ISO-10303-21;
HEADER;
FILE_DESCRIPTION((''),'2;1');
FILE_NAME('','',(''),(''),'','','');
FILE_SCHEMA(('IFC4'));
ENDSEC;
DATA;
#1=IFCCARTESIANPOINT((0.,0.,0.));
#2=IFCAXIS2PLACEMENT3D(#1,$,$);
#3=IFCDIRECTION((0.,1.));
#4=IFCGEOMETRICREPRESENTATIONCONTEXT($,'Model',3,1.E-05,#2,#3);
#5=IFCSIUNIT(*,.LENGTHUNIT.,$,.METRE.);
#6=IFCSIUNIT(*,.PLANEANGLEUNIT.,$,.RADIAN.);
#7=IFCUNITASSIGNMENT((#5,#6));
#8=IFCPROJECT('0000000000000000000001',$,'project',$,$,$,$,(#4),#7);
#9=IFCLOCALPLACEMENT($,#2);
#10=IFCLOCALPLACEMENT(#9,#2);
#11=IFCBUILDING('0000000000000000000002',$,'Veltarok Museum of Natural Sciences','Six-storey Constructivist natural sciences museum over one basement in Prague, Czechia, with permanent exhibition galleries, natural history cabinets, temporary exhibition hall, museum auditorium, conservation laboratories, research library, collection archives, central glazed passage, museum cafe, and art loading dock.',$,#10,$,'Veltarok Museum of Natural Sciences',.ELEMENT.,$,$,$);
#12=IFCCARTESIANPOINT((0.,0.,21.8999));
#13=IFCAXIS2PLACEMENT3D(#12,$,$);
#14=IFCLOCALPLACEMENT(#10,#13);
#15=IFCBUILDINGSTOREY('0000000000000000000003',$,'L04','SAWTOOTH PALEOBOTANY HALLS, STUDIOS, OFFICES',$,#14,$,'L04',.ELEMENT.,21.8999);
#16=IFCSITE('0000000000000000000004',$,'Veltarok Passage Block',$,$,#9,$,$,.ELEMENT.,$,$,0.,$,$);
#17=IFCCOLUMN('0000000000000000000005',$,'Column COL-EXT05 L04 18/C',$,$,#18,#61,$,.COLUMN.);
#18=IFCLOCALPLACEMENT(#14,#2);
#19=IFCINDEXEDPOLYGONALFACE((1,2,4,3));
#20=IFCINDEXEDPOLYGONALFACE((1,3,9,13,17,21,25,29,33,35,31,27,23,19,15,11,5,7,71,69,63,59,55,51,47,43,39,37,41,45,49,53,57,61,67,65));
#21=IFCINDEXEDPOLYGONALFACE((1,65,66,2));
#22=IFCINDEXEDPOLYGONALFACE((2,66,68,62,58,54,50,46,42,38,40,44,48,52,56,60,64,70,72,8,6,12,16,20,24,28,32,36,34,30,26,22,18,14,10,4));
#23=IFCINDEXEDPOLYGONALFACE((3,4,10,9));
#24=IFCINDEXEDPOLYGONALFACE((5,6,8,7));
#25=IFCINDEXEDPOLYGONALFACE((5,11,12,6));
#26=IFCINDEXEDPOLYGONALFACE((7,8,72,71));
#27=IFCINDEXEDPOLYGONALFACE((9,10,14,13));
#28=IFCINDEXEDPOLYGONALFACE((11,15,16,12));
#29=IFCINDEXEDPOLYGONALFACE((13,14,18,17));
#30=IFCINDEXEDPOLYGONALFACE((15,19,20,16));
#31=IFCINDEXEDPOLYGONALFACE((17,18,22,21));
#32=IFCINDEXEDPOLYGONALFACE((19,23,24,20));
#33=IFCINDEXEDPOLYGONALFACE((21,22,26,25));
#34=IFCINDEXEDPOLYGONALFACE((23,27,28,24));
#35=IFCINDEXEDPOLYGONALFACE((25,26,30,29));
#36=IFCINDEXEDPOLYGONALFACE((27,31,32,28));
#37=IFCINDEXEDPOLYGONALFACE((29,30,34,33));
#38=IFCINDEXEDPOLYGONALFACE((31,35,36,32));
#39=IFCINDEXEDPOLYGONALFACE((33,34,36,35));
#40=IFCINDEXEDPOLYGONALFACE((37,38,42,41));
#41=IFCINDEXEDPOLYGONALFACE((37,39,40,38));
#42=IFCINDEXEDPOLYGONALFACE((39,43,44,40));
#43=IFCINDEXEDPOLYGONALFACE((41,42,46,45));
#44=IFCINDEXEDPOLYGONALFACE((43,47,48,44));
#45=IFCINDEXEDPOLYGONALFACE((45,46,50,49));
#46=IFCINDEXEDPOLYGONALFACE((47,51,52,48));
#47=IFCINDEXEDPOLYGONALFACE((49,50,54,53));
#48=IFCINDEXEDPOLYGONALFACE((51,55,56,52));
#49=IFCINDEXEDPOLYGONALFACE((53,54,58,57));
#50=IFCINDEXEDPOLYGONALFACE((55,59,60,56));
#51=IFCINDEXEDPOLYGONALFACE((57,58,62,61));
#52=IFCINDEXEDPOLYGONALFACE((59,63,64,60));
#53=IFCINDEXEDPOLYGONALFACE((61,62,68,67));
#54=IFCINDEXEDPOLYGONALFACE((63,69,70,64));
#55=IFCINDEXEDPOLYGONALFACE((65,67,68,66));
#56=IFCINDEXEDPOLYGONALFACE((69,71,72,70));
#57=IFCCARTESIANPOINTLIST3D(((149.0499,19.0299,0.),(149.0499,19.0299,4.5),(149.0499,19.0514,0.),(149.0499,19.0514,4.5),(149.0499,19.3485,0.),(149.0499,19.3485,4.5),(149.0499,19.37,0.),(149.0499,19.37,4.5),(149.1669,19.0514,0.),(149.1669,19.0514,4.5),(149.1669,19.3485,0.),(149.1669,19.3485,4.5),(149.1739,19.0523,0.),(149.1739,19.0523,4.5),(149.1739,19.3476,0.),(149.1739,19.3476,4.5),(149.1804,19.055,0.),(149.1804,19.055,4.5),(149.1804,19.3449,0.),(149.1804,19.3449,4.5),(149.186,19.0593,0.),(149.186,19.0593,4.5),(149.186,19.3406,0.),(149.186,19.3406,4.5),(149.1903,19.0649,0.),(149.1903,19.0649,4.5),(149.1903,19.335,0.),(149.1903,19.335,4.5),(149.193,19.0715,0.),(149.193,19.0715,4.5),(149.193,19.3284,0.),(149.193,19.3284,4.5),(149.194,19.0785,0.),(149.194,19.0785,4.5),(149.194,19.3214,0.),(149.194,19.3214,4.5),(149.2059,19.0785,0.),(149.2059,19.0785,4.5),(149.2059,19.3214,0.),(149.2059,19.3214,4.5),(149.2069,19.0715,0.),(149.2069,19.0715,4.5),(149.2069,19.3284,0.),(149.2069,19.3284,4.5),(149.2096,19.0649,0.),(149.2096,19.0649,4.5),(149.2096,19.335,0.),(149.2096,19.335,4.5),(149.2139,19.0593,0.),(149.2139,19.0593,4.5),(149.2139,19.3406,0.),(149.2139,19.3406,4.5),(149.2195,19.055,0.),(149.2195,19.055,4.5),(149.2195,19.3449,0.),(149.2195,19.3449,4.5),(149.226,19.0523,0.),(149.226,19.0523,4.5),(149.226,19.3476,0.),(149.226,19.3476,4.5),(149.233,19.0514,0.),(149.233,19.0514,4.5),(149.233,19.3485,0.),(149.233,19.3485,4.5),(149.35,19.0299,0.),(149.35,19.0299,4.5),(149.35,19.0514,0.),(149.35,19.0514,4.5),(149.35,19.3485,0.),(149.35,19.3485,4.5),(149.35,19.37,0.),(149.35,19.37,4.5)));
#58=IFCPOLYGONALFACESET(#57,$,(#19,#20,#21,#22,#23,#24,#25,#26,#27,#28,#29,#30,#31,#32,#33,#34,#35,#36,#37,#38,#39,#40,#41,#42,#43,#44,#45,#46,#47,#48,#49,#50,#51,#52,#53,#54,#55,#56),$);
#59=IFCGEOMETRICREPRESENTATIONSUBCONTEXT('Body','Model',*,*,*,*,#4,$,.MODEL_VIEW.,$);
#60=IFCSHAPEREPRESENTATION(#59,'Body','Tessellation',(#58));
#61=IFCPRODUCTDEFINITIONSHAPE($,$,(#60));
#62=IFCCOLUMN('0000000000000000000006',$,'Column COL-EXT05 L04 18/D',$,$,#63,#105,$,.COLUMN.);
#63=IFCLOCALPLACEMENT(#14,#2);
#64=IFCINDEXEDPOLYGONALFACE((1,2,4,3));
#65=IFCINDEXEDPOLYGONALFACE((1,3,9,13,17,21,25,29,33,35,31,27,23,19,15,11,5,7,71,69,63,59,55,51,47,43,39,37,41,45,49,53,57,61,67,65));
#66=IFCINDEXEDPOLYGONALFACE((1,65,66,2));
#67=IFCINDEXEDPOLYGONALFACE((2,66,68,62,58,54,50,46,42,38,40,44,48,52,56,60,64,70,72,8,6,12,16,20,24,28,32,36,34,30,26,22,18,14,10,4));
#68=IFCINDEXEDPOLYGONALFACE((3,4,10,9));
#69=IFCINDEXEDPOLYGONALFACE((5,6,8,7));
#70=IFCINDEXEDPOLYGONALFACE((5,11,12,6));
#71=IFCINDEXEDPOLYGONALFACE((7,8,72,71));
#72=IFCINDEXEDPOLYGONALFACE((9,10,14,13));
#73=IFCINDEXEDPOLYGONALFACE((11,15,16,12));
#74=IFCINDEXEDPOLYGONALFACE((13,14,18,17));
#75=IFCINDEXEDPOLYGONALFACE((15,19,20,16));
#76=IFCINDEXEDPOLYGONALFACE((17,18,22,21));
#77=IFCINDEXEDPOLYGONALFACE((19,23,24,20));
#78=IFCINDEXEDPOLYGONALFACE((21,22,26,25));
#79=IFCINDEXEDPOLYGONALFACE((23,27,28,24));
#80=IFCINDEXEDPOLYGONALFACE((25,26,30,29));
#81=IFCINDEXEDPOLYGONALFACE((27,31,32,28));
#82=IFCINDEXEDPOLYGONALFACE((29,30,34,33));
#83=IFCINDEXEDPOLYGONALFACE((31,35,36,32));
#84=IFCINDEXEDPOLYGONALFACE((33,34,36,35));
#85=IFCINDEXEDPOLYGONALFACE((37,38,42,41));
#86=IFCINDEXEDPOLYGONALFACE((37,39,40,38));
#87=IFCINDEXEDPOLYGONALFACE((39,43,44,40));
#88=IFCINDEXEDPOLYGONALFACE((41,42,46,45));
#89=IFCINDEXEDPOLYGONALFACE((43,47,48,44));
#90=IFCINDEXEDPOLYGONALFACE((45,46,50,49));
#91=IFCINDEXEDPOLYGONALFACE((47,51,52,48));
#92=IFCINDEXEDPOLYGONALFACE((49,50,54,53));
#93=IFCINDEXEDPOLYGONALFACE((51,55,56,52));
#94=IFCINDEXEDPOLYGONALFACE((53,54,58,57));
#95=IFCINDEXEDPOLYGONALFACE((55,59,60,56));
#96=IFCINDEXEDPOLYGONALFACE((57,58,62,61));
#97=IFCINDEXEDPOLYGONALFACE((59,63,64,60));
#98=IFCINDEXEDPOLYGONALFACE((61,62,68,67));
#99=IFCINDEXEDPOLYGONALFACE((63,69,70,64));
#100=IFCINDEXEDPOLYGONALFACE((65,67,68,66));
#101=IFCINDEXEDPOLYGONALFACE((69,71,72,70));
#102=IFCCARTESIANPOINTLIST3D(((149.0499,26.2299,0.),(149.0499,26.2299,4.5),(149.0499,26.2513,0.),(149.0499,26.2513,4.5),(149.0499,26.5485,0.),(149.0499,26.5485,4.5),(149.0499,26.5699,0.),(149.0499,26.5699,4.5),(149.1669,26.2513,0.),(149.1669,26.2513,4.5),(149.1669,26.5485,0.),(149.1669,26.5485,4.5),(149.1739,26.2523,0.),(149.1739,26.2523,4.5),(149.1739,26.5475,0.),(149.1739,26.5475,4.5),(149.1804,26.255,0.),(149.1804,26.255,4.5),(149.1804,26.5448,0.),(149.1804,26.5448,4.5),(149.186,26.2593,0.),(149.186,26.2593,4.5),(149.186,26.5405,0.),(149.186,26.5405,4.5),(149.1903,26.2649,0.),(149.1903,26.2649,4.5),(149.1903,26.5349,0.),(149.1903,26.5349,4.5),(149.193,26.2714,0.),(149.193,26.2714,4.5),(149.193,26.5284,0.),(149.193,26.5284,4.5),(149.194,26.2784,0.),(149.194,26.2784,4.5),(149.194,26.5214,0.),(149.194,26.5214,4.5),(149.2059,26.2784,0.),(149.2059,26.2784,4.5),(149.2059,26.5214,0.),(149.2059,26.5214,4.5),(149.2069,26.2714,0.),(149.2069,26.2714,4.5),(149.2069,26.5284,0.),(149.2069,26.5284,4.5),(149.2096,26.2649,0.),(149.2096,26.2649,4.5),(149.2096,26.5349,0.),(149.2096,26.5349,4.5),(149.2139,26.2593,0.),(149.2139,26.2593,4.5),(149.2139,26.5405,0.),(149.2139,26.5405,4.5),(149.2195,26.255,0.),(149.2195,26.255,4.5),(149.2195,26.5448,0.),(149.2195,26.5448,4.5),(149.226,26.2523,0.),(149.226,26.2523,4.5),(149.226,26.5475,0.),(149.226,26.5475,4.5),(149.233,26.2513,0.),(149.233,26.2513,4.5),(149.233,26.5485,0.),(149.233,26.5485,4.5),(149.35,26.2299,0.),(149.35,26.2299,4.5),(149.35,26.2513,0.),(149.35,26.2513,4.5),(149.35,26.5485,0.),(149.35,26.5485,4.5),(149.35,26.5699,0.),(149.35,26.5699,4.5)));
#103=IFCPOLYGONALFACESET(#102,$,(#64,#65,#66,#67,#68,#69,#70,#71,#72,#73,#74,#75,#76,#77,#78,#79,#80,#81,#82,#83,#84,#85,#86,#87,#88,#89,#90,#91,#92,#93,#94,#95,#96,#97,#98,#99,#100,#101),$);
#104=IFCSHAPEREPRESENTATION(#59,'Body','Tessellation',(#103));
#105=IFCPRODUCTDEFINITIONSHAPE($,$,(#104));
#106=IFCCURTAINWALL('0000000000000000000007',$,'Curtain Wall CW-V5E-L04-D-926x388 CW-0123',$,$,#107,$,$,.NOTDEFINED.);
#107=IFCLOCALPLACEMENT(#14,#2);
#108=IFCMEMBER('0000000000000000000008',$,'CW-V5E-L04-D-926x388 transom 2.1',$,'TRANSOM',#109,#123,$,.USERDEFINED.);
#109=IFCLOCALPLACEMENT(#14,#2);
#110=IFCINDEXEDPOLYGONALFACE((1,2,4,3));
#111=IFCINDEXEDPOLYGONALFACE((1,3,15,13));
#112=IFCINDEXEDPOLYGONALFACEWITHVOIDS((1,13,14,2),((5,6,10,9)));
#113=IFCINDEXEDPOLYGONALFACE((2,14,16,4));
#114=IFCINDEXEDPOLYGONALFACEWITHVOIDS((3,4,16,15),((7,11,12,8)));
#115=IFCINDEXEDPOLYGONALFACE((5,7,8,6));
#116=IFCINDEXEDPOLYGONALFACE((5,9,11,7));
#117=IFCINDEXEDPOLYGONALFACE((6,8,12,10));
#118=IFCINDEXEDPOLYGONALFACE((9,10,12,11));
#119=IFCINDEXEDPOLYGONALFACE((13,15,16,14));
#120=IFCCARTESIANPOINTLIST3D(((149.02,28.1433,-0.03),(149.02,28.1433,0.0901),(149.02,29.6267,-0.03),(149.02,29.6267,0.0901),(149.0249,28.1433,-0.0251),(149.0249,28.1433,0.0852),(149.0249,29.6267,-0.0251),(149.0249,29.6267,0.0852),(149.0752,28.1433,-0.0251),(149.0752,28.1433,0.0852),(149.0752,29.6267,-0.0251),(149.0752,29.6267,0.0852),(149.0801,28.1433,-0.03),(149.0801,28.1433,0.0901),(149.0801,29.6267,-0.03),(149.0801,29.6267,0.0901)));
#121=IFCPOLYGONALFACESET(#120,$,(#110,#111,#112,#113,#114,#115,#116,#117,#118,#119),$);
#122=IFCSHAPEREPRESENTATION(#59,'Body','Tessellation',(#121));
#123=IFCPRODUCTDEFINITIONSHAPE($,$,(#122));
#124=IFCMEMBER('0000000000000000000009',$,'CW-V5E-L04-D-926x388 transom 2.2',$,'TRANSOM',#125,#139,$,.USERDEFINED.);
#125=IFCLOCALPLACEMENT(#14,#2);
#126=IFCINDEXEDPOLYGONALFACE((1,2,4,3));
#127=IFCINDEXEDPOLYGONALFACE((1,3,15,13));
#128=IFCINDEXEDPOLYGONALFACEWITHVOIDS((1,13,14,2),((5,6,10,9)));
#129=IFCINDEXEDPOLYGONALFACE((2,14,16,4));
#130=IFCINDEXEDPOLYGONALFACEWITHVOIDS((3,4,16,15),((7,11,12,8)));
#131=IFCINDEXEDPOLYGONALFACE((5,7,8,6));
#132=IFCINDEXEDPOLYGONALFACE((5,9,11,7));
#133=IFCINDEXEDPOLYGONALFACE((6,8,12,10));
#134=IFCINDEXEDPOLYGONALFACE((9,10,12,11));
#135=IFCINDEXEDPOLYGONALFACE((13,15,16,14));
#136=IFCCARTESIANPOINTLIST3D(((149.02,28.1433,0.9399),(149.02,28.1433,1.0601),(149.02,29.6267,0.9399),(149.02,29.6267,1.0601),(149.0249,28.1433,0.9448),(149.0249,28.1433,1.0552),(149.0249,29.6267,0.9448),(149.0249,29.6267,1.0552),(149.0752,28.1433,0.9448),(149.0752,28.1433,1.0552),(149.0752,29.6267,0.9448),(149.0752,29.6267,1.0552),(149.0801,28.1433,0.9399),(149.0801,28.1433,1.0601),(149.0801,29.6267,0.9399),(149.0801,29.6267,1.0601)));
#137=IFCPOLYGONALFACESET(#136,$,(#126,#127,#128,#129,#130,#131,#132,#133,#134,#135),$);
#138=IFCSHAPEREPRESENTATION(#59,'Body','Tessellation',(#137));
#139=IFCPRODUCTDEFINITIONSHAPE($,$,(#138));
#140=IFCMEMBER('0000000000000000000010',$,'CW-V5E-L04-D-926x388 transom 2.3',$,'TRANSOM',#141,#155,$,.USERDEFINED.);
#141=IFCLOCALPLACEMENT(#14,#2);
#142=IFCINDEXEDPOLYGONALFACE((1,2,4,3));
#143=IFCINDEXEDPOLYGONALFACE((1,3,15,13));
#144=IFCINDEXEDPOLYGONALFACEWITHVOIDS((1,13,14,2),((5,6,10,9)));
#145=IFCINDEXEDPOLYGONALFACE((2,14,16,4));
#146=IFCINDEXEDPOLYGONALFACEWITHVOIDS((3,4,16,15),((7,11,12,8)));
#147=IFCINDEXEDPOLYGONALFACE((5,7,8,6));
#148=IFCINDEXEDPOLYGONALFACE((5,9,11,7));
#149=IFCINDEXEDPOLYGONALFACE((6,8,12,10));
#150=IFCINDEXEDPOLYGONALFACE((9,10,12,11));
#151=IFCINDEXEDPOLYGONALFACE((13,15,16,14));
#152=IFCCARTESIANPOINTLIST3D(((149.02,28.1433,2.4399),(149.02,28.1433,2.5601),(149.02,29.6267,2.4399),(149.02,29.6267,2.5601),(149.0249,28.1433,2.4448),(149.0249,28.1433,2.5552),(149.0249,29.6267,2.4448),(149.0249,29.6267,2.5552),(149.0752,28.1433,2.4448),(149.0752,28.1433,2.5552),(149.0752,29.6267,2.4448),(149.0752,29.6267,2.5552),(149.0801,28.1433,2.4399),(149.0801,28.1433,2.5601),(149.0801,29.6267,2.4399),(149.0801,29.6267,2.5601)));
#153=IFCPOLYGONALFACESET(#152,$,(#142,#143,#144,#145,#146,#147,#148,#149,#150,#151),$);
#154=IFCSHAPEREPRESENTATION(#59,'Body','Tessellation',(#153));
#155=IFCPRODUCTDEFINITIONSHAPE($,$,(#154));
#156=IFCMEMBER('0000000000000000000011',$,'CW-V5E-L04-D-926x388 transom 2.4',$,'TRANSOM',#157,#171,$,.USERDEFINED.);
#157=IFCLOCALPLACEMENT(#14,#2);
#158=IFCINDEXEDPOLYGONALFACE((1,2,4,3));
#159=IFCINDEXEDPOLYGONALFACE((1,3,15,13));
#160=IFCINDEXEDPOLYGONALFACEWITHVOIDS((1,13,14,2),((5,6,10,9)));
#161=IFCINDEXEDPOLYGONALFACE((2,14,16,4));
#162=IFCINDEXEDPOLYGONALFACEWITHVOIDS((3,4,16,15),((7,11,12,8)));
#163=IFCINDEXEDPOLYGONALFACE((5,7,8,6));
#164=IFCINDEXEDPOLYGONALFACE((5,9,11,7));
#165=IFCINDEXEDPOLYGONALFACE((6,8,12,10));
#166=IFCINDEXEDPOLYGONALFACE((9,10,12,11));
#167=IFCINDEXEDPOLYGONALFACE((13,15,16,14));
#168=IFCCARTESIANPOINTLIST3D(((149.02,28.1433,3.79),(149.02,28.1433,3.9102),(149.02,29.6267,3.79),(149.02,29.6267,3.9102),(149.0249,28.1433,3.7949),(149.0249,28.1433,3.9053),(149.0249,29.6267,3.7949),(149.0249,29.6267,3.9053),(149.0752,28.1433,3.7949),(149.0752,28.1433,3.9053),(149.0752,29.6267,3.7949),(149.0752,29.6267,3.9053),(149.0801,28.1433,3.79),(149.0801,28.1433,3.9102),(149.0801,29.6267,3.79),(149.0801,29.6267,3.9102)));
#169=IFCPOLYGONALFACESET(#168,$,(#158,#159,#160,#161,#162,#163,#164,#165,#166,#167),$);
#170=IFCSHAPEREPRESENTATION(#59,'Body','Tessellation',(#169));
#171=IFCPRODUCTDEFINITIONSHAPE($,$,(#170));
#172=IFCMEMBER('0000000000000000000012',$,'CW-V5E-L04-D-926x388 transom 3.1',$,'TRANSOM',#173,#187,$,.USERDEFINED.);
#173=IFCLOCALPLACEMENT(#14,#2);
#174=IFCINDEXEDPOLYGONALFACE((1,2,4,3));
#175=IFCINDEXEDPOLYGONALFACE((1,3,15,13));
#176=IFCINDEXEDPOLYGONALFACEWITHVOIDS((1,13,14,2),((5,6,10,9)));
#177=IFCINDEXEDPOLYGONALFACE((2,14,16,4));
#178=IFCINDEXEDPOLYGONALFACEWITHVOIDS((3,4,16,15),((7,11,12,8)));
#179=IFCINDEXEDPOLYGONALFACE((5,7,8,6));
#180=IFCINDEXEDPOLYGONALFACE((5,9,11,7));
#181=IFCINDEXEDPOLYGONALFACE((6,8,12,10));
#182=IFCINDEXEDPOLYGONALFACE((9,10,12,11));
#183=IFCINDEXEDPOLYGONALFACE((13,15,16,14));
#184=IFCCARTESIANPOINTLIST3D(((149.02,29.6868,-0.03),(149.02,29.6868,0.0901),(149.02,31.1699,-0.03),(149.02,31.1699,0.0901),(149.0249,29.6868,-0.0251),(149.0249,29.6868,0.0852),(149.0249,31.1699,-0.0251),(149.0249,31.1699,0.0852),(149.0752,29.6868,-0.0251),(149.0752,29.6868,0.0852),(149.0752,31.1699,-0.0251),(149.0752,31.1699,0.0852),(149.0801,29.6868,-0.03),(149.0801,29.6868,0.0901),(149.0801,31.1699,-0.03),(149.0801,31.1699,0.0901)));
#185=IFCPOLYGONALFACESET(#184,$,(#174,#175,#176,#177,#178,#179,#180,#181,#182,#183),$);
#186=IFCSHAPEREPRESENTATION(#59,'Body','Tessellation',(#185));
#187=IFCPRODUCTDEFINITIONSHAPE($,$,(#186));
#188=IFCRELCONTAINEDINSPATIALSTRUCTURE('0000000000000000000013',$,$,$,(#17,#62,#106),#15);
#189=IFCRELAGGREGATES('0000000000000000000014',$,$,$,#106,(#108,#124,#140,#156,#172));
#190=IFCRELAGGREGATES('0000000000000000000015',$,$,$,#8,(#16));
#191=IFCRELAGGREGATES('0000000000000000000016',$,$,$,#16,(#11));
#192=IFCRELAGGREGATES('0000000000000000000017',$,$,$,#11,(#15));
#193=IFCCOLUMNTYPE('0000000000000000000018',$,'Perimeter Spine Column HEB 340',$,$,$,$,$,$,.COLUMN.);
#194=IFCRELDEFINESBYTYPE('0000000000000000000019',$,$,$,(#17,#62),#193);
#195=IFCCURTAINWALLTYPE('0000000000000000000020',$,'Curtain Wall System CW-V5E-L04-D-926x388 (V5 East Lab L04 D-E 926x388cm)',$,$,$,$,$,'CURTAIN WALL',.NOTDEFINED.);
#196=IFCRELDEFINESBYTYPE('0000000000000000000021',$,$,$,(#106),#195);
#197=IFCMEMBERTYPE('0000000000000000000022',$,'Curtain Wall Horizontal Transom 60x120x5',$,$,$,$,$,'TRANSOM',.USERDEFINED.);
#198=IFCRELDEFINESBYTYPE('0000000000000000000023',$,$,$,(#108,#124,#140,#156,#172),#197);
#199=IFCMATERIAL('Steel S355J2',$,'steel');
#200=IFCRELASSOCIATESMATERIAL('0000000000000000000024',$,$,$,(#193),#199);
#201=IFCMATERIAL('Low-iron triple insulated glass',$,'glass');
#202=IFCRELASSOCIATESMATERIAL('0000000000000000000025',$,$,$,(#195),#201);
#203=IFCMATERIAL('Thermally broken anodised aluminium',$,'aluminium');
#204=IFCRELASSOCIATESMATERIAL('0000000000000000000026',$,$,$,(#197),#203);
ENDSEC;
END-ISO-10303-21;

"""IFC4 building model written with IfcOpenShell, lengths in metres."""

from ifc_helpers import new_model, si_unit, direction, frame, origin, origin_2d, place, context, subcontext, project, spatial, hollow_rectangle, i_section, extrude, material, material_profile, profile_set, type_object, element, aggregate, save


model = new_model("IFC4")

# Units and contexts
model_context = context("Model", 3, precision=1e-05, world=origin(), true_north=direction((0.0, 1.0)))
body_context = subcontext(model_context, "Body", "Model", "MODEL_VIEW")
ifc_project = project(units=[si_unit("LENGTHUNIT", "METRE"), si_unit("PLANEANGLEUNIT", "RADIAN")], contexts=[model_context])

# Site, building, storey
site_placement = place(None, origin())
site = spatial("IfcSite", under=ifc_project, at=site_placement, Name="Veltarok Passage Block", CompositionType="ELEMENT", RefElevation=0.0)
building_placement = place(site_placement, origin())
building = spatial("IfcBuilding", under=site, at=building_placement, Name="Veltarok Museum of Natural Sciences", Description="Six-storey Constructivist natural sciences museum over one basement in Prague, Czechia, with permanent exhibition galleries, natural history cabinets, temporary exhibition hall, museum auditorium, conservation laboratories, research library, collection archives, central glazed passage, museum cafe, and art loading dock.", LongName="Veltarok Museum of Natural Sciences", CompositionType="ELEMENT")
storey_placement = place(building_placement, frame((0.0, 0.0, 21.8999)))
storey = spatial("IfcBuildingStorey", under=building, at=storey_placement, Name="L04", Description="SAWTOOTH PALEOBOTANY HALLS, STUDIOS, OFFICES", LongName="L04", CompositionType="ELEMENT", Elevation=21.8999)

# Columns
ifc_material_1 = material(Name="Steel S355J2", Category="steel")
ifc_material_profile_1 = material_profile(ifc_material_1, i_section(OverallWidth=0.3, OverallDepth=0.3401, WebThickness=0.012, FlangeThickness=0.0215, FilletRadius=0.0271, at=origin_2d()), Name="HEB 340")
ifc_profile_set_1 = profile_set([ifc_material_profile_1], Name="Steel S355J2")
column_type = type_object("IfcColumnType", Name="Perimeter Spine Column HEB 340", PredefinedType="COLUMN", material=ifc_profile_set_1)
for number, where, z_axis, x_axis, name in (
    (1, (149.2, 19.2, 0.0), (0.0, 0.0, 1.0), (1.0, 0.0, 0.0), "Column COL-EXT05 L04 18/C"),
    (2, (149.2, 26.3999, 0.0), (0.0, 0.0, 1.0), (1.0, 0.0, 0.0), "Column COL-EXT05 L04 18/D"),
):
    element("IfcColumn", number, at=place(storey_placement, frame(where, z_axis=z_axis, x_axis=x_axis)), inside=storey, type_object=column_type, Name=name, PredefinedType="COLUMN", context=body_context, shape_type="SweptSolid", body=[
        extrude(i_section(OverallWidth=0.3, OverallDepth=0.3401, WebThickness=0.012, FlangeThickness=0.0215, FilletRadius=0.0271, at=origin_2d()), origin(), (0.0, 0.0, 1.0), 4.5),
    ])

# Curtain wall, members
ifc_material_2 = material(Name="Low-iron triple insulated glass", Category="glass")
curtain_wall_type = type_object("IfcCurtainWallType", Name="Curtain Wall System CW-V5E-L04-D-926x388 (V5 East Lab L04 D-E 926x388cm)", ElementType="CURTAIN WALL", PredefinedType="NOTDEFINED", material=ifc_material_2)
curtain_wall_placement = place(storey_placement, origin())
curtain_wall = element("IfcCurtainWall", 3, at=curtain_wall_placement, inside=storey, type_object=curtain_wall_type, Name="Curtain Wall CW-V5E-L04-D-926x388 CW-0123", PredefinedType="NOTDEFINED")
ifc_material_3 = material(Name="Thermally broken anodised aluminium", Category="aluminium")
ifc_material_profile_2 = material_profile(ifc_material_3, hollow_rectangle(XDim=0.0601, YDim=0.1201, WallThickness=0.0049, at=origin_2d()), Name="CW TRANSOM 60x120x5")
ifc_profile_set_2 = profile_set([ifc_material_profile_2], Name="Thermally broken anodised aluminium")
member_type_1 = type_object("IfcMemberType", Name="Curtain Wall Horizontal Transom 60x120x5", ElementType="TRANSOM", PredefinedType="USERDEFINED", material=ifc_profile_set_2)
member_1_placement = place(storey_placement, frame((149.05, 28.1433, 0.03), z_axis=(0.0, 1.0, 0.0), x_axis=(-1.0, 0.0, 0.0)))
member_1 = element("IfcMember", 4, at=member_1_placement, type_object=member_type_1, Name="CW-V5E-L04-D-926x388 transom 2.1", ObjectType="TRANSOM", PredefinedType="USERDEFINED", context=body_context, shape_type="SweptSolid", body=[
    extrude(hollow_rectangle(XDim=0.0601, YDim=0.1201, WallThickness=0.0049, at=origin_2d()), origin(), (0.0, 0.0, 1.0), 1.4834),
])
member_2_placement = place(storey_placement, frame((149.05, 28.1433, 1.0), z_axis=(0.0, 1.0, 0.0), x_axis=(-1.0, 0.0, 0.0)))
member_2 = element("IfcMember", 5, at=member_2_placement, type_object=member_type_1, Name="CW-V5E-L04-D-926x388 transom 2.2", ObjectType="TRANSOM", PredefinedType="USERDEFINED", context=body_context, shape_type="SweptSolid", body=[
    extrude(hollow_rectangle(XDim=0.0601, YDim=0.1201, WallThickness=0.0049, at=origin_2d()), origin(), (0.0, 0.0, 1.0), 1.4834),
])
member_3_placement = place(storey_placement, frame((149.05, 28.1433, 2.5), z_axis=(0.0, 1.0, 0.0), x_axis=(-1.0, 0.0, 0.0)))
member_3 = element("IfcMember", 6, at=member_3_placement, type_object=member_type_1, Name="CW-V5E-L04-D-926x388 transom 2.3", ObjectType="TRANSOM", PredefinedType="USERDEFINED", context=body_context, shape_type="SweptSolid", body=[
    extrude(hollow_rectangle(XDim=0.0601, YDim=0.1201, WallThickness=0.0049, at=origin_2d()), origin(), (0.0, 0.0, 1.0), 1.4834),
])
member_4_placement = place(storey_placement, frame((149.05, 28.1433, 3.8501), z_axis=(0.0, 1.0, 0.0), x_axis=(-1.0, 0.0, 0.0)))
member_4 = element("IfcMember", 7, at=member_4_placement, type_object=member_type_1, Name="CW-V5E-L04-D-926x388 transom 2.4", ObjectType="TRANSOM", PredefinedType="USERDEFINED", context=body_context, shape_type="SweptSolid", body=[
    extrude(hollow_rectangle(XDim=0.0601, YDim=0.1201, WallThickness=0.0049, at=origin_2d()), origin(), (0.0, 0.0, 1.0), 1.4834),
])
member_5_placement = place(storey_placement, frame((149.05, 29.6868, 0.03), z_axis=(0.0, 1.0, 0.0), x_axis=(-1.0, 0.0, 0.0)))
member_5 = element("IfcMember", 8, at=member_5_placement, type_object=member_type_1, Name="CW-V5E-L04-D-926x388 transom 3.1", ObjectType="TRANSOM", PredefinedType="USERDEFINED", context=body_context, shape_type="SweptSolid", body=[
    extrude(hollow_rectangle(XDim=0.0601, YDim=0.1201, WallThickness=0.0049, at=origin_2d()), origin(), (0.0, 0.0, 1.0), 1.4832),
])

aggregate(curtain_wall, [member_1, member_2, member_3, member_4, member_5])

save(model, "model.ifc")
